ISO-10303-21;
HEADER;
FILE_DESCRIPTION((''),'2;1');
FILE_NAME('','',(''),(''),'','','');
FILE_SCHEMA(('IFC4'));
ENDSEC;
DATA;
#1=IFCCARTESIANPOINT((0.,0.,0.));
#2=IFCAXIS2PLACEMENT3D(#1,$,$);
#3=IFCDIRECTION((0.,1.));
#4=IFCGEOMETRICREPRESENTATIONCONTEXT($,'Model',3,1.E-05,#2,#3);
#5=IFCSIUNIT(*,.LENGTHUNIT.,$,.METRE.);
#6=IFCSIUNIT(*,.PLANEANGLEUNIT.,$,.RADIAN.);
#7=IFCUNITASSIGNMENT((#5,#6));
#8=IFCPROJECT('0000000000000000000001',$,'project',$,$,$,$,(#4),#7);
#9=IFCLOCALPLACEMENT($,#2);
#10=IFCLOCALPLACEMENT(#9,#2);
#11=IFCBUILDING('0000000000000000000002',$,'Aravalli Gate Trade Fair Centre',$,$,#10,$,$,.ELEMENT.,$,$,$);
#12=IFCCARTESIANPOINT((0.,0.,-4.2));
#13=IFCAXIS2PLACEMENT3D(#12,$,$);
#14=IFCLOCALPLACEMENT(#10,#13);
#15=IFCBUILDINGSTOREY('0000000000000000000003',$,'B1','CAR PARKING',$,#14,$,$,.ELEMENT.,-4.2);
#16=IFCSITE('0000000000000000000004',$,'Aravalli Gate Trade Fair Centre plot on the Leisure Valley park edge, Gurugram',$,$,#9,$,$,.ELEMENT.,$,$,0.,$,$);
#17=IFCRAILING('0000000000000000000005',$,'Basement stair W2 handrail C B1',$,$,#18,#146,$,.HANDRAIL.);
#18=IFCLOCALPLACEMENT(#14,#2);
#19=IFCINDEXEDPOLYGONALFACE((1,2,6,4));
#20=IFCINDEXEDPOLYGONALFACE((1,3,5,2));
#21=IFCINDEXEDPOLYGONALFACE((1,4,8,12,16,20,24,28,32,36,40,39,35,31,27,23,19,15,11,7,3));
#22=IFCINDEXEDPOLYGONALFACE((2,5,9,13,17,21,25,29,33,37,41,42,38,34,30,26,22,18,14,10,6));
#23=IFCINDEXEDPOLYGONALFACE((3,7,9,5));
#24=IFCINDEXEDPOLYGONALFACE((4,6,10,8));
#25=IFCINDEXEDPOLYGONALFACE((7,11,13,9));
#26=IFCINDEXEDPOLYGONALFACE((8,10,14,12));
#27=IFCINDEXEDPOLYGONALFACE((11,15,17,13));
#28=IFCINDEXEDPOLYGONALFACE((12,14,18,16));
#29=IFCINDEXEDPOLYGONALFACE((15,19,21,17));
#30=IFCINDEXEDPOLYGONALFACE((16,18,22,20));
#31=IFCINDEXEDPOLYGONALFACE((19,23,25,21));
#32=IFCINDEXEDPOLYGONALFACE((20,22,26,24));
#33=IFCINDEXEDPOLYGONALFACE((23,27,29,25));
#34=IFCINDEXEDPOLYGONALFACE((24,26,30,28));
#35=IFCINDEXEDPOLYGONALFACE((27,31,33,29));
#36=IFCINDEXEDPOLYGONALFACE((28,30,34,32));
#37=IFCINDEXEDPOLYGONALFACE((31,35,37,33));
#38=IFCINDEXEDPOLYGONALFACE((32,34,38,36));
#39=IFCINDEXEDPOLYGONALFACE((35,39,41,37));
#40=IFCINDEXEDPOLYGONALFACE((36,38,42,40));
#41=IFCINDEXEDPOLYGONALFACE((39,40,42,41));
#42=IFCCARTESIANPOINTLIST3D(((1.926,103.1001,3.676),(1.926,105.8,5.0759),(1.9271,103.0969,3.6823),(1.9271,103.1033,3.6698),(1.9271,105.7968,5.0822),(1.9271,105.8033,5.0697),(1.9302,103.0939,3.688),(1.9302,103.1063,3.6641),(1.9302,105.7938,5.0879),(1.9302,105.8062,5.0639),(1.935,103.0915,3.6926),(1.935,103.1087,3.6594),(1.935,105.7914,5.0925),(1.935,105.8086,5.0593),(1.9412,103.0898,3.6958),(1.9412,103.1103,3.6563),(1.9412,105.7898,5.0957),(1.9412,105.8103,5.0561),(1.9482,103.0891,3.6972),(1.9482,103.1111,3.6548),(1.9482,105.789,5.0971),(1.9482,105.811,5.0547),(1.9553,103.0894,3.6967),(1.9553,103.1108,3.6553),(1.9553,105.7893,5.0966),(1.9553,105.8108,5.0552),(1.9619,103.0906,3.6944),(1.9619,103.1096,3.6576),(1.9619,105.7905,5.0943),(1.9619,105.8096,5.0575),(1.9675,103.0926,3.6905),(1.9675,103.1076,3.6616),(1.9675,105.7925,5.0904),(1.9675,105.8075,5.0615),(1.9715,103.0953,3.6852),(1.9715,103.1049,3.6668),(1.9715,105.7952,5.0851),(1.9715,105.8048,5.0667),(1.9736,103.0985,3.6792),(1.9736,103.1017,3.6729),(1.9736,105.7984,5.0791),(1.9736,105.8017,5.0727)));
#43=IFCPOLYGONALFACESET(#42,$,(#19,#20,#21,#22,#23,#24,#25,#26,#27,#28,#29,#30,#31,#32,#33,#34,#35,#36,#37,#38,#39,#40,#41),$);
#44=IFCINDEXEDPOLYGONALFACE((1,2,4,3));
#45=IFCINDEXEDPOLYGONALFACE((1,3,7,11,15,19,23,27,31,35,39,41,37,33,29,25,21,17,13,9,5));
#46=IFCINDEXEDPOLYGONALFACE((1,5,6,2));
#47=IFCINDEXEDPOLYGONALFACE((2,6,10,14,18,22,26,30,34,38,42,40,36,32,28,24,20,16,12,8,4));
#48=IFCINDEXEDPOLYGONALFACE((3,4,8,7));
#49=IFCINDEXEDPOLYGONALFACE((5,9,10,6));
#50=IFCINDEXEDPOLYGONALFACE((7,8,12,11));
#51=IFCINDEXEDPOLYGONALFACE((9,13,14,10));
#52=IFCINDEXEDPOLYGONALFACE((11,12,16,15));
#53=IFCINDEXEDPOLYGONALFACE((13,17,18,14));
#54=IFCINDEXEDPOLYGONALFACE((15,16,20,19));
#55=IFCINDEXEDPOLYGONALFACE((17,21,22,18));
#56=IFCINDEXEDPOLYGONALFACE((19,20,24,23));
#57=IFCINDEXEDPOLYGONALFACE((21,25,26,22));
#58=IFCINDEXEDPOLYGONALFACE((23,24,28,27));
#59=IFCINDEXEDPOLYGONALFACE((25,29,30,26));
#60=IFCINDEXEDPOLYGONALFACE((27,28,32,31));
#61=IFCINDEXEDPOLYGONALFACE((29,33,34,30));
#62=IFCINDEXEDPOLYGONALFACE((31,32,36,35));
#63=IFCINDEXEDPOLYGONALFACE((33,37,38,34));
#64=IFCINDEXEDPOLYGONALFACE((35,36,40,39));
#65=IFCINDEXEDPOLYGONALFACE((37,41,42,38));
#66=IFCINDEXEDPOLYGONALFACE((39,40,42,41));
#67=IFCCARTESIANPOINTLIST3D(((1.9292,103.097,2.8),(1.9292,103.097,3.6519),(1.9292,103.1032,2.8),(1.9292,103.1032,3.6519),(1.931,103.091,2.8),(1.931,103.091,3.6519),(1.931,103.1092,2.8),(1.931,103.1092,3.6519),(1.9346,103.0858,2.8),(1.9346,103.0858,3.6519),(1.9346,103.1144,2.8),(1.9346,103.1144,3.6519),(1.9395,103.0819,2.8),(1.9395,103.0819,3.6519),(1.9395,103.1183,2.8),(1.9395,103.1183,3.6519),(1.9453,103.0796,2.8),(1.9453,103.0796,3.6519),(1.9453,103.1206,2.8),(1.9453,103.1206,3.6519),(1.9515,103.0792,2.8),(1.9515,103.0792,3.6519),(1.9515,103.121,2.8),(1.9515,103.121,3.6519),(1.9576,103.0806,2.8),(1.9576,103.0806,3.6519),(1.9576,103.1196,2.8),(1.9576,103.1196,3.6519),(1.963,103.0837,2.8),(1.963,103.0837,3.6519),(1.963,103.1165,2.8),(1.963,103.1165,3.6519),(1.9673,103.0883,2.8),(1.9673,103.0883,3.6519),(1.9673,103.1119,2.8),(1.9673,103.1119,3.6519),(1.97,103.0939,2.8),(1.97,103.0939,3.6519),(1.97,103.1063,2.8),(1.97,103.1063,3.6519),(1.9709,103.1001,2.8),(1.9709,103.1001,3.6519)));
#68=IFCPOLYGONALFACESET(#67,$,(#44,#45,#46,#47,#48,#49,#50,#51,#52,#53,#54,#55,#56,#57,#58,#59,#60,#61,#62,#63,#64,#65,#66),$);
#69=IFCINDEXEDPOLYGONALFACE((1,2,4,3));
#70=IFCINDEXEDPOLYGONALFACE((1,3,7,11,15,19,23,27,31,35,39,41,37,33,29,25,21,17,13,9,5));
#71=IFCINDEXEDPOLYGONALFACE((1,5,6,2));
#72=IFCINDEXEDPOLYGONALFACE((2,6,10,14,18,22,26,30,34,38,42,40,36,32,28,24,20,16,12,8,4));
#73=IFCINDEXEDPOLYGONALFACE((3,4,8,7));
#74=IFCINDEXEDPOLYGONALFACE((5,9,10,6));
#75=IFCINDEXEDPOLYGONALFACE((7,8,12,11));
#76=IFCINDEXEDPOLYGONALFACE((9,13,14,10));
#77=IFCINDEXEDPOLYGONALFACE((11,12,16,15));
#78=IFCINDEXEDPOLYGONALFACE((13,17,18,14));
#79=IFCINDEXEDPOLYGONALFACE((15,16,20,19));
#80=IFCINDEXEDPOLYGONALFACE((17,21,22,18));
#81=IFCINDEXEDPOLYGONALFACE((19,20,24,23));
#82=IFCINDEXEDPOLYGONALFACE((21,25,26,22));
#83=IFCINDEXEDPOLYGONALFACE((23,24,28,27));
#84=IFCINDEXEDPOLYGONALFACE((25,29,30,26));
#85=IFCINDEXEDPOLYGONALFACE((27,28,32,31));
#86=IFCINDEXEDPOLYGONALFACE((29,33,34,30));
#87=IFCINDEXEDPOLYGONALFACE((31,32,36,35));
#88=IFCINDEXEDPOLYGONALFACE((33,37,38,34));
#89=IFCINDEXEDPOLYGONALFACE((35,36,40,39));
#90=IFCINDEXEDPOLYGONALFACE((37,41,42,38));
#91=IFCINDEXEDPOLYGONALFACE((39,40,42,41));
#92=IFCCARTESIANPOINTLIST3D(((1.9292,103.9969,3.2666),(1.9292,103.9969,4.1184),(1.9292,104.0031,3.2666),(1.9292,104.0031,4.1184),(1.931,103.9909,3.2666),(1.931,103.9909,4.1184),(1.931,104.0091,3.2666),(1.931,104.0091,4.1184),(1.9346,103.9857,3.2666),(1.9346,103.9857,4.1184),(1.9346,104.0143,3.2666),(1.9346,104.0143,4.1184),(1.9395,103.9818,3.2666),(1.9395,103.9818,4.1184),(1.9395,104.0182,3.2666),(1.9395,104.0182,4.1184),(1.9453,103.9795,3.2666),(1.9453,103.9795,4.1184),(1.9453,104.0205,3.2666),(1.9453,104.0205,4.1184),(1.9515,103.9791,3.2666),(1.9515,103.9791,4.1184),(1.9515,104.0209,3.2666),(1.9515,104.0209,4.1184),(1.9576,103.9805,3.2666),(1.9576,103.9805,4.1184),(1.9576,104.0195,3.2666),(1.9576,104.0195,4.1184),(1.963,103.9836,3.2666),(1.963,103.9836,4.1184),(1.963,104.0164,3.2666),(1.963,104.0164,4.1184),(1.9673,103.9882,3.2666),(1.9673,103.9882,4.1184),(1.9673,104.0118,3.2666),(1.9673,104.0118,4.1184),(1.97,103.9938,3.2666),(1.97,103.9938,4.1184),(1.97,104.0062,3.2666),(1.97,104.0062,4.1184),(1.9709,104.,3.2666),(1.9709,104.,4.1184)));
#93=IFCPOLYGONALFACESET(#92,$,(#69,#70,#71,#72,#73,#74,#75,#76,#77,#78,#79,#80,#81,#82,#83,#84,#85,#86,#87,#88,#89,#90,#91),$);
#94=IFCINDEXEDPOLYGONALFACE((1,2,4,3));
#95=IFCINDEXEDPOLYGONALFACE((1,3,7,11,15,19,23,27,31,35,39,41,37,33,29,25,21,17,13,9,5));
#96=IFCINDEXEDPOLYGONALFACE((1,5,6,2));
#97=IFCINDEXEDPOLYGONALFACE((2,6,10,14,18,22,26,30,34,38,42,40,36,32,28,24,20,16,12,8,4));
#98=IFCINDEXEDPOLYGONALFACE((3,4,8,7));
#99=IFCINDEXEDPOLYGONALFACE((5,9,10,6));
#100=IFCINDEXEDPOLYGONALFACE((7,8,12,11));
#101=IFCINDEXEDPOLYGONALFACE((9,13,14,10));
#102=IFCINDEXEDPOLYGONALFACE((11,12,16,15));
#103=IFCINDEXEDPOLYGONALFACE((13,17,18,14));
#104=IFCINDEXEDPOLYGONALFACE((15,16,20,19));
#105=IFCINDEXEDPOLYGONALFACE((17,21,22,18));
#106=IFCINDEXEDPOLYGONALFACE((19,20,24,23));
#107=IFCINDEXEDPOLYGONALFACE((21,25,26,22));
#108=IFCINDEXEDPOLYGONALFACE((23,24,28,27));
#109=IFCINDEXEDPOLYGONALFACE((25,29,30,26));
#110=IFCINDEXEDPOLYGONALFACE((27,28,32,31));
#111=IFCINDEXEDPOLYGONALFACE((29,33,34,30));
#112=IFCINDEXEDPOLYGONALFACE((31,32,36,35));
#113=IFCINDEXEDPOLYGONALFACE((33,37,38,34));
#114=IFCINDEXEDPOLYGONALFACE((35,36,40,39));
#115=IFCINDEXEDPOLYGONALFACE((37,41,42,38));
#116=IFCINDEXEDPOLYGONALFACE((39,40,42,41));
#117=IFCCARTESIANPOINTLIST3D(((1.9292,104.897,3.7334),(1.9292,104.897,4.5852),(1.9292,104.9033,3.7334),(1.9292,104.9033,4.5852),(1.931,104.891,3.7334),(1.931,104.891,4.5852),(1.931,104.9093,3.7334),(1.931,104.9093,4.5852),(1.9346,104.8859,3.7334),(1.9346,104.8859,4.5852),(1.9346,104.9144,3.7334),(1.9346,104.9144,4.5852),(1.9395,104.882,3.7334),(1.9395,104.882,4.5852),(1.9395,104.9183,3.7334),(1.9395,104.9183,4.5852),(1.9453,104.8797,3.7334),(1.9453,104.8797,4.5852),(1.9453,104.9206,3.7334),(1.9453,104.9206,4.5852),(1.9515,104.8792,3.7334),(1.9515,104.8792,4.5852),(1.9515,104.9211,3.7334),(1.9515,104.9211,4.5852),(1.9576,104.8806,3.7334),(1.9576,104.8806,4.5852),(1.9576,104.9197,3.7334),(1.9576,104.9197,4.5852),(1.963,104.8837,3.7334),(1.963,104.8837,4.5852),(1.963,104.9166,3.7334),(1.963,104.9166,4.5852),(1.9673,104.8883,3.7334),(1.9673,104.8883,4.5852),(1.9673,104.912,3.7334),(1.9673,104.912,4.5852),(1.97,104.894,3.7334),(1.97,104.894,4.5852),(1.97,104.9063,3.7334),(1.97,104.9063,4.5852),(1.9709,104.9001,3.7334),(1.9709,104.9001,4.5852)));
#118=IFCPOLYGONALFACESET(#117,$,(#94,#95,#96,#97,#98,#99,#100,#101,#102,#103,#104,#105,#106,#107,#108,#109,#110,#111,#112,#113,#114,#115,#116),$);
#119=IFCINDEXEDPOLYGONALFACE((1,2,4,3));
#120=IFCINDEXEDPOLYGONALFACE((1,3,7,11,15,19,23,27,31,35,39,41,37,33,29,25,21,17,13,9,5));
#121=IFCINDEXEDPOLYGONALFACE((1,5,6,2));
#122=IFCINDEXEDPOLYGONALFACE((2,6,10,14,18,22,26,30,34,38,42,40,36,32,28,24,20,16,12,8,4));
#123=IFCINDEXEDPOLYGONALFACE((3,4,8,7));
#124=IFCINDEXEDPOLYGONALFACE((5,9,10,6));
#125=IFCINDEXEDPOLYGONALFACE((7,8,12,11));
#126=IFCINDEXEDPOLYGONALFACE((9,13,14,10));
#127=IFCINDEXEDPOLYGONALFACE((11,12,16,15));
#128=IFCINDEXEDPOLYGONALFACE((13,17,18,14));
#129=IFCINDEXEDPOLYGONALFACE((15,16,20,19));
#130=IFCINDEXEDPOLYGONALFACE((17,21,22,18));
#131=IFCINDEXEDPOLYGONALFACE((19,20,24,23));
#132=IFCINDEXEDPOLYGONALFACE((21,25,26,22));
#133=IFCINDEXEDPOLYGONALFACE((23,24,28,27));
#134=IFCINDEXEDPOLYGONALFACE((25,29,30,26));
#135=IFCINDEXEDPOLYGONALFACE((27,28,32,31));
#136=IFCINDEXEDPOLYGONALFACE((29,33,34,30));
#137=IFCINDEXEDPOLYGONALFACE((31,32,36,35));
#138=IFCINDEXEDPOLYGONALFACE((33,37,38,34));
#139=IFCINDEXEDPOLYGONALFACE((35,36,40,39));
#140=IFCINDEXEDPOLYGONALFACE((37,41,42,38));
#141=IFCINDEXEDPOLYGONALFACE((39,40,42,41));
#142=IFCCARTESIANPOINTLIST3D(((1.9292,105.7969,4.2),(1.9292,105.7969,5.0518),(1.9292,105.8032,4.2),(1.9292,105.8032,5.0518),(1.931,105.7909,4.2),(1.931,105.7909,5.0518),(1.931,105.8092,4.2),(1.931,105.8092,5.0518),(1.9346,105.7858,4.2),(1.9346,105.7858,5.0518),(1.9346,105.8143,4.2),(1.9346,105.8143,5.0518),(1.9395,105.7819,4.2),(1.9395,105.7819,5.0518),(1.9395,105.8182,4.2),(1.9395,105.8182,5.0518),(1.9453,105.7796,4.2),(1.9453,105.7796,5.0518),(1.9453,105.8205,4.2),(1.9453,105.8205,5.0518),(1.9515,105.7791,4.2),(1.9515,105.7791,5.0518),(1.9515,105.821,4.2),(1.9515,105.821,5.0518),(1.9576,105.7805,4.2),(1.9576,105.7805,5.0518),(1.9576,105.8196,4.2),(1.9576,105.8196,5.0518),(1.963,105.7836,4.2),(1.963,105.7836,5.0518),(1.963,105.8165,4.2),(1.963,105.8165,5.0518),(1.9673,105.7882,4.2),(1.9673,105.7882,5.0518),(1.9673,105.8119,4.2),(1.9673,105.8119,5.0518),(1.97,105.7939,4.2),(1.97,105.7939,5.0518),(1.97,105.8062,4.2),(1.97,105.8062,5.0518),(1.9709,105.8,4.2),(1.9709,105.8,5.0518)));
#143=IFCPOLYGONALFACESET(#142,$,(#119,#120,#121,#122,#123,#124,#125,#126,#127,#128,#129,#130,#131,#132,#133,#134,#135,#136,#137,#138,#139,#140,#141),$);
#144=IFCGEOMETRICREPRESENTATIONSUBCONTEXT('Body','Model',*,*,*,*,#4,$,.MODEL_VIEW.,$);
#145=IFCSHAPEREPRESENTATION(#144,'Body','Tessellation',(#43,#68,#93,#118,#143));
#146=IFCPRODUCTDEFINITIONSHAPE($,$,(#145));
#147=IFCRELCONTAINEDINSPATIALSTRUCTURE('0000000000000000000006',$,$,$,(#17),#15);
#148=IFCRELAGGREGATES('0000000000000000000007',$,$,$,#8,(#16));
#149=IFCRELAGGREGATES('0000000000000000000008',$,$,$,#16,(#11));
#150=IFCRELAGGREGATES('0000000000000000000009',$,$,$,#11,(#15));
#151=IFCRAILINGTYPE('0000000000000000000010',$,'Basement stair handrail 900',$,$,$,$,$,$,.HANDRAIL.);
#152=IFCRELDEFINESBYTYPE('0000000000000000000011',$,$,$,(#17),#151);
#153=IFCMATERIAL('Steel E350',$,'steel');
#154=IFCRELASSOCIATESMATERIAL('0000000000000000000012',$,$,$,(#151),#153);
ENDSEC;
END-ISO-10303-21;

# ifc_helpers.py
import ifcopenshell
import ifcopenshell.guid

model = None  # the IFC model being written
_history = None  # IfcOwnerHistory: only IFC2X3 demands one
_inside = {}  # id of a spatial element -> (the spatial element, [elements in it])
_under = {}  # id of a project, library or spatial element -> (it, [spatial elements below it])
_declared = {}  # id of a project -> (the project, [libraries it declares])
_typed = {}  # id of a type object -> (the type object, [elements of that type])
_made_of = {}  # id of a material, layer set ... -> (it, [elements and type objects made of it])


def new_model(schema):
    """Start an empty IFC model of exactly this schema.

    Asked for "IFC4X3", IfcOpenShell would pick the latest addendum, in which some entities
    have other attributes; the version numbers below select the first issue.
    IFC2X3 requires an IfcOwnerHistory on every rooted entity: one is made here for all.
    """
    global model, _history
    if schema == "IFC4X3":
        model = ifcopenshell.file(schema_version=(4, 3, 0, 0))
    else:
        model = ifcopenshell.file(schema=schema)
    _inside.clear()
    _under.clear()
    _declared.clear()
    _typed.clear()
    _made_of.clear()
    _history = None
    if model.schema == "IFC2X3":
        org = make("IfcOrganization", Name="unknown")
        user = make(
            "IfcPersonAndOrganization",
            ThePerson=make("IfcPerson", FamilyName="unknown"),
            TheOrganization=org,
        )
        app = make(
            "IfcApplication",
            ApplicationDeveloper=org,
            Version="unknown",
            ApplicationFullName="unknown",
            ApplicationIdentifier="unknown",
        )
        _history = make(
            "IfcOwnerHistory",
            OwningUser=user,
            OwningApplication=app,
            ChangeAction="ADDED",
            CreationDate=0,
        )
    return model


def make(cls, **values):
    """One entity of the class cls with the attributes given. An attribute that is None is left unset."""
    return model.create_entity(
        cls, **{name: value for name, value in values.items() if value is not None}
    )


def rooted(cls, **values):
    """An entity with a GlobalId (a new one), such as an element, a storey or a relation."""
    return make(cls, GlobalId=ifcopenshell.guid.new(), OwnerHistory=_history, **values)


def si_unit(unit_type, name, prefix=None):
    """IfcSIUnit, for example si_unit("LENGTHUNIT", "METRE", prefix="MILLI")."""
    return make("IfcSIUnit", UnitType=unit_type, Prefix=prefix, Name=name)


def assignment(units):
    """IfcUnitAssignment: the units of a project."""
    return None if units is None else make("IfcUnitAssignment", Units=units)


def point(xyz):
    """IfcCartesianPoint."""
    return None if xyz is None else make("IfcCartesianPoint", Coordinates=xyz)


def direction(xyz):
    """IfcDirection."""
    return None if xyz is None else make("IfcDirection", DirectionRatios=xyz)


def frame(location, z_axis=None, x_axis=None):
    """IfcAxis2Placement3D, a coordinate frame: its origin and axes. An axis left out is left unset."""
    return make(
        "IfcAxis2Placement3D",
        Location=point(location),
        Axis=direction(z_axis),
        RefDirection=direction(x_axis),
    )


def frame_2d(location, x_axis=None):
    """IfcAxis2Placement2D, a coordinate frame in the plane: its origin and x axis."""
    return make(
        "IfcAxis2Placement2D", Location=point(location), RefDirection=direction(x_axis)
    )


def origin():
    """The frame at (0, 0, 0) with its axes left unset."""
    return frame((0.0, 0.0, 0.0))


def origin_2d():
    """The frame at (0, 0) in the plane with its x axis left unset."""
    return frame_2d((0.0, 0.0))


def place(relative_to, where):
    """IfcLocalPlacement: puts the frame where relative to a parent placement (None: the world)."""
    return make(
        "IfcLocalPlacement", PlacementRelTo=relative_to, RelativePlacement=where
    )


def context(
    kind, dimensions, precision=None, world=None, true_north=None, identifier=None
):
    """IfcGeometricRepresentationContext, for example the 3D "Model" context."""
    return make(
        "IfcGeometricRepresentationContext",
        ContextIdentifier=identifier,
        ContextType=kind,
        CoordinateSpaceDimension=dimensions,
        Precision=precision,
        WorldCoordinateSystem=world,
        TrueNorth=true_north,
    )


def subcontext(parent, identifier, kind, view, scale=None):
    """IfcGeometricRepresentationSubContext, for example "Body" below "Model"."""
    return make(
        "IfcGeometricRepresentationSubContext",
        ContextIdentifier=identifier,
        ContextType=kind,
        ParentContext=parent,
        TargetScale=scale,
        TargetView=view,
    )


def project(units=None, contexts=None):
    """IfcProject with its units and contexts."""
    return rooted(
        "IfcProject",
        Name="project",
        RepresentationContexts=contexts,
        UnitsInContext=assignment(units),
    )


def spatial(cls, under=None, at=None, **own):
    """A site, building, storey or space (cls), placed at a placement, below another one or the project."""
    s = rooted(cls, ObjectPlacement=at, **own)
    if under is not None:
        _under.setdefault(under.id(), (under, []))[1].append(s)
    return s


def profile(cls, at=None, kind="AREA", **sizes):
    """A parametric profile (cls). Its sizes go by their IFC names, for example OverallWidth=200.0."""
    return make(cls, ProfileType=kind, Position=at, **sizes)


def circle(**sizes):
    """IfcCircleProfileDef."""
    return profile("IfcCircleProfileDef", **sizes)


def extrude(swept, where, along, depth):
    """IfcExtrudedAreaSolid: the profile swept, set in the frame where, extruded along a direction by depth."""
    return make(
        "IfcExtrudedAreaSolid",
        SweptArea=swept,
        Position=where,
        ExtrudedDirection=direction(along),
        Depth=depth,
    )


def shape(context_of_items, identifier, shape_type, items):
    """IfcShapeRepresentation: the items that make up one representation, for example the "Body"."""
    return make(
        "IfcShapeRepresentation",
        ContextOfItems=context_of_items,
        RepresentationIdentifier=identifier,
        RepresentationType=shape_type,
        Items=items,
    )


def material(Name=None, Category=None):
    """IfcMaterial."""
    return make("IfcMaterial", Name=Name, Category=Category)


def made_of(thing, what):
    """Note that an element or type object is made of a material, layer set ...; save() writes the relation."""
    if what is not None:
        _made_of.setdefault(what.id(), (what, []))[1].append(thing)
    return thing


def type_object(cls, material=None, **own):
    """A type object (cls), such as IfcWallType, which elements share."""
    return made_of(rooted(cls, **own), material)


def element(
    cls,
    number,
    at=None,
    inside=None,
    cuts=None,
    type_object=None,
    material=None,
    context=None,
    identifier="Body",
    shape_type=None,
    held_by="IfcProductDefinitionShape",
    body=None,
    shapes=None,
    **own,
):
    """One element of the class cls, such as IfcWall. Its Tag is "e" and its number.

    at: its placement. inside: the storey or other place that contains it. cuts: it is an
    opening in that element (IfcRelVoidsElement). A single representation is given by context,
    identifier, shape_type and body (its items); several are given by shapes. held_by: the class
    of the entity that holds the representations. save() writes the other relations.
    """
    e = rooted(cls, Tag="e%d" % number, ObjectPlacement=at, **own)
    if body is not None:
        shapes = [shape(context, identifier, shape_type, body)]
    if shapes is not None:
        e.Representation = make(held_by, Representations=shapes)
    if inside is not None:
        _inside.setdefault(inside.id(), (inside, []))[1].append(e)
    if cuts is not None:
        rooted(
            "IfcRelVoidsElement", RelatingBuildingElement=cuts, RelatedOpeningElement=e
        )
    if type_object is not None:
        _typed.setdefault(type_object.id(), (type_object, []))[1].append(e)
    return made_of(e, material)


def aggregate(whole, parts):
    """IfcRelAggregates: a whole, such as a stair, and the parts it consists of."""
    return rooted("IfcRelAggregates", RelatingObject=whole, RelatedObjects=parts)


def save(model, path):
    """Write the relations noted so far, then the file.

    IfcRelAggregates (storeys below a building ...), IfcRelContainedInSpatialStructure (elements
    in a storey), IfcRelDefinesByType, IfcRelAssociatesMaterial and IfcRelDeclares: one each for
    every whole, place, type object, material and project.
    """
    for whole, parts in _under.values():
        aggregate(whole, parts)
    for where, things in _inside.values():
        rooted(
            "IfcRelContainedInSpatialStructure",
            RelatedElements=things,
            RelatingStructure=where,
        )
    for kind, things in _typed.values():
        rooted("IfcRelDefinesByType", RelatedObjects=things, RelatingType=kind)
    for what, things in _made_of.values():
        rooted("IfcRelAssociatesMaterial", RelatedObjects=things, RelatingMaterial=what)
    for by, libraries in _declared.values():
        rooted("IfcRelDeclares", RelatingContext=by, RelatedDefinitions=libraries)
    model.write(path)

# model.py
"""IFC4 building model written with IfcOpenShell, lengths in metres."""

from ifc_helpers import new_model, si_unit, direction, frame, origin, origin_2d, place, context, subcontext, project, spatial, circle, extrude, material, type_object, element, save


model = new_model("IFC4")

# Units and contexts
model_context = context("Model", 3, precision=1e-05, world=origin(), true_north=direction((0.0, 1.0)))
body_context = subcontext(model_context, "Body", "Model", "MODEL_VIEW")
ifc_project = project(units=[si_unit("LENGTHUNIT", "METRE"), si_unit("PLANEANGLEUNIT", "RADIAN")], contexts=[model_context])

# Site, building, storey
site_placement = place(None, origin())
site = spatial("IfcSite", under=ifc_project, at=site_placement, Name="Aravalli Gate Trade Fair Centre plot on the Leisure Valley park edge, Gurugram", CompositionType="ELEMENT", RefElevation=0.0)
building_placement = place(site_placement, origin())
building = spatial("IfcBuilding", under=site, at=building_placement, Name="Aravalli Gate Trade Fair Centre", CompositionType="ELEMENT")
storey_placement = place(building_placement, frame((0.0, 0.0, -4.2)))
storey = spatial("IfcBuildingStorey", under=building, at=storey_placement, Name="B1", Description="CAR PARKING", CompositionType="ELEMENT", Elevation=-4.2)

# Railing
ifc_material_1 = material(Name="Steel E350", Category="steel")
railing_type_1 = type_object("IfcRailingType", Name="Basement stair handrail 900", PredefinedType="HANDRAIL", material=ifc_material_1)
for number, where, name in (
    (1, (1.95, 103.1001, 2.8), "Basement stair W2 handrail C B1"),
):
    element("IfcRailing", number, at=place(storey_placement, frame(where)), inside=storey, type_object=railing_type_1, Name=name, PredefinedType="HANDRAIL", context=body_context, shape_type="SweptSolid", body=[
        extrude(circle(Radius=0.0239, at=origin_2d()), frame((0.0, 0.0, 0.876), z_axis=(0.0, 0.887764, 0.460298), x_axis=(-1.0, 0.0, 0.0)), (0.0, 0.0, 1.0), 3.0413),
        extrude(circle(Radius=0.021, at=origin_2d()), origin(), (0.0, 0.0, 1.0), 0.8518),
        extrude(circle(Radius=0.021, at=origin_2d()), frame((0.0, 0.8999, 0.4666)), (0.0, 0.0, 1.0), 0.8518),
        extrude(circle(Radius=0.021, at=origin_2d()), frame((0.0, 1.8, 0.9333)), (0.0, 0.0, 1.0), 0.8518),
        extrude(circle(Radius=0.021, at=origin_2d()), frame((0.0, 2.7, 1.3999)), (0.0, 0.0, 1.0), 0.8518),
    ])

save(model, "model.ifc")
